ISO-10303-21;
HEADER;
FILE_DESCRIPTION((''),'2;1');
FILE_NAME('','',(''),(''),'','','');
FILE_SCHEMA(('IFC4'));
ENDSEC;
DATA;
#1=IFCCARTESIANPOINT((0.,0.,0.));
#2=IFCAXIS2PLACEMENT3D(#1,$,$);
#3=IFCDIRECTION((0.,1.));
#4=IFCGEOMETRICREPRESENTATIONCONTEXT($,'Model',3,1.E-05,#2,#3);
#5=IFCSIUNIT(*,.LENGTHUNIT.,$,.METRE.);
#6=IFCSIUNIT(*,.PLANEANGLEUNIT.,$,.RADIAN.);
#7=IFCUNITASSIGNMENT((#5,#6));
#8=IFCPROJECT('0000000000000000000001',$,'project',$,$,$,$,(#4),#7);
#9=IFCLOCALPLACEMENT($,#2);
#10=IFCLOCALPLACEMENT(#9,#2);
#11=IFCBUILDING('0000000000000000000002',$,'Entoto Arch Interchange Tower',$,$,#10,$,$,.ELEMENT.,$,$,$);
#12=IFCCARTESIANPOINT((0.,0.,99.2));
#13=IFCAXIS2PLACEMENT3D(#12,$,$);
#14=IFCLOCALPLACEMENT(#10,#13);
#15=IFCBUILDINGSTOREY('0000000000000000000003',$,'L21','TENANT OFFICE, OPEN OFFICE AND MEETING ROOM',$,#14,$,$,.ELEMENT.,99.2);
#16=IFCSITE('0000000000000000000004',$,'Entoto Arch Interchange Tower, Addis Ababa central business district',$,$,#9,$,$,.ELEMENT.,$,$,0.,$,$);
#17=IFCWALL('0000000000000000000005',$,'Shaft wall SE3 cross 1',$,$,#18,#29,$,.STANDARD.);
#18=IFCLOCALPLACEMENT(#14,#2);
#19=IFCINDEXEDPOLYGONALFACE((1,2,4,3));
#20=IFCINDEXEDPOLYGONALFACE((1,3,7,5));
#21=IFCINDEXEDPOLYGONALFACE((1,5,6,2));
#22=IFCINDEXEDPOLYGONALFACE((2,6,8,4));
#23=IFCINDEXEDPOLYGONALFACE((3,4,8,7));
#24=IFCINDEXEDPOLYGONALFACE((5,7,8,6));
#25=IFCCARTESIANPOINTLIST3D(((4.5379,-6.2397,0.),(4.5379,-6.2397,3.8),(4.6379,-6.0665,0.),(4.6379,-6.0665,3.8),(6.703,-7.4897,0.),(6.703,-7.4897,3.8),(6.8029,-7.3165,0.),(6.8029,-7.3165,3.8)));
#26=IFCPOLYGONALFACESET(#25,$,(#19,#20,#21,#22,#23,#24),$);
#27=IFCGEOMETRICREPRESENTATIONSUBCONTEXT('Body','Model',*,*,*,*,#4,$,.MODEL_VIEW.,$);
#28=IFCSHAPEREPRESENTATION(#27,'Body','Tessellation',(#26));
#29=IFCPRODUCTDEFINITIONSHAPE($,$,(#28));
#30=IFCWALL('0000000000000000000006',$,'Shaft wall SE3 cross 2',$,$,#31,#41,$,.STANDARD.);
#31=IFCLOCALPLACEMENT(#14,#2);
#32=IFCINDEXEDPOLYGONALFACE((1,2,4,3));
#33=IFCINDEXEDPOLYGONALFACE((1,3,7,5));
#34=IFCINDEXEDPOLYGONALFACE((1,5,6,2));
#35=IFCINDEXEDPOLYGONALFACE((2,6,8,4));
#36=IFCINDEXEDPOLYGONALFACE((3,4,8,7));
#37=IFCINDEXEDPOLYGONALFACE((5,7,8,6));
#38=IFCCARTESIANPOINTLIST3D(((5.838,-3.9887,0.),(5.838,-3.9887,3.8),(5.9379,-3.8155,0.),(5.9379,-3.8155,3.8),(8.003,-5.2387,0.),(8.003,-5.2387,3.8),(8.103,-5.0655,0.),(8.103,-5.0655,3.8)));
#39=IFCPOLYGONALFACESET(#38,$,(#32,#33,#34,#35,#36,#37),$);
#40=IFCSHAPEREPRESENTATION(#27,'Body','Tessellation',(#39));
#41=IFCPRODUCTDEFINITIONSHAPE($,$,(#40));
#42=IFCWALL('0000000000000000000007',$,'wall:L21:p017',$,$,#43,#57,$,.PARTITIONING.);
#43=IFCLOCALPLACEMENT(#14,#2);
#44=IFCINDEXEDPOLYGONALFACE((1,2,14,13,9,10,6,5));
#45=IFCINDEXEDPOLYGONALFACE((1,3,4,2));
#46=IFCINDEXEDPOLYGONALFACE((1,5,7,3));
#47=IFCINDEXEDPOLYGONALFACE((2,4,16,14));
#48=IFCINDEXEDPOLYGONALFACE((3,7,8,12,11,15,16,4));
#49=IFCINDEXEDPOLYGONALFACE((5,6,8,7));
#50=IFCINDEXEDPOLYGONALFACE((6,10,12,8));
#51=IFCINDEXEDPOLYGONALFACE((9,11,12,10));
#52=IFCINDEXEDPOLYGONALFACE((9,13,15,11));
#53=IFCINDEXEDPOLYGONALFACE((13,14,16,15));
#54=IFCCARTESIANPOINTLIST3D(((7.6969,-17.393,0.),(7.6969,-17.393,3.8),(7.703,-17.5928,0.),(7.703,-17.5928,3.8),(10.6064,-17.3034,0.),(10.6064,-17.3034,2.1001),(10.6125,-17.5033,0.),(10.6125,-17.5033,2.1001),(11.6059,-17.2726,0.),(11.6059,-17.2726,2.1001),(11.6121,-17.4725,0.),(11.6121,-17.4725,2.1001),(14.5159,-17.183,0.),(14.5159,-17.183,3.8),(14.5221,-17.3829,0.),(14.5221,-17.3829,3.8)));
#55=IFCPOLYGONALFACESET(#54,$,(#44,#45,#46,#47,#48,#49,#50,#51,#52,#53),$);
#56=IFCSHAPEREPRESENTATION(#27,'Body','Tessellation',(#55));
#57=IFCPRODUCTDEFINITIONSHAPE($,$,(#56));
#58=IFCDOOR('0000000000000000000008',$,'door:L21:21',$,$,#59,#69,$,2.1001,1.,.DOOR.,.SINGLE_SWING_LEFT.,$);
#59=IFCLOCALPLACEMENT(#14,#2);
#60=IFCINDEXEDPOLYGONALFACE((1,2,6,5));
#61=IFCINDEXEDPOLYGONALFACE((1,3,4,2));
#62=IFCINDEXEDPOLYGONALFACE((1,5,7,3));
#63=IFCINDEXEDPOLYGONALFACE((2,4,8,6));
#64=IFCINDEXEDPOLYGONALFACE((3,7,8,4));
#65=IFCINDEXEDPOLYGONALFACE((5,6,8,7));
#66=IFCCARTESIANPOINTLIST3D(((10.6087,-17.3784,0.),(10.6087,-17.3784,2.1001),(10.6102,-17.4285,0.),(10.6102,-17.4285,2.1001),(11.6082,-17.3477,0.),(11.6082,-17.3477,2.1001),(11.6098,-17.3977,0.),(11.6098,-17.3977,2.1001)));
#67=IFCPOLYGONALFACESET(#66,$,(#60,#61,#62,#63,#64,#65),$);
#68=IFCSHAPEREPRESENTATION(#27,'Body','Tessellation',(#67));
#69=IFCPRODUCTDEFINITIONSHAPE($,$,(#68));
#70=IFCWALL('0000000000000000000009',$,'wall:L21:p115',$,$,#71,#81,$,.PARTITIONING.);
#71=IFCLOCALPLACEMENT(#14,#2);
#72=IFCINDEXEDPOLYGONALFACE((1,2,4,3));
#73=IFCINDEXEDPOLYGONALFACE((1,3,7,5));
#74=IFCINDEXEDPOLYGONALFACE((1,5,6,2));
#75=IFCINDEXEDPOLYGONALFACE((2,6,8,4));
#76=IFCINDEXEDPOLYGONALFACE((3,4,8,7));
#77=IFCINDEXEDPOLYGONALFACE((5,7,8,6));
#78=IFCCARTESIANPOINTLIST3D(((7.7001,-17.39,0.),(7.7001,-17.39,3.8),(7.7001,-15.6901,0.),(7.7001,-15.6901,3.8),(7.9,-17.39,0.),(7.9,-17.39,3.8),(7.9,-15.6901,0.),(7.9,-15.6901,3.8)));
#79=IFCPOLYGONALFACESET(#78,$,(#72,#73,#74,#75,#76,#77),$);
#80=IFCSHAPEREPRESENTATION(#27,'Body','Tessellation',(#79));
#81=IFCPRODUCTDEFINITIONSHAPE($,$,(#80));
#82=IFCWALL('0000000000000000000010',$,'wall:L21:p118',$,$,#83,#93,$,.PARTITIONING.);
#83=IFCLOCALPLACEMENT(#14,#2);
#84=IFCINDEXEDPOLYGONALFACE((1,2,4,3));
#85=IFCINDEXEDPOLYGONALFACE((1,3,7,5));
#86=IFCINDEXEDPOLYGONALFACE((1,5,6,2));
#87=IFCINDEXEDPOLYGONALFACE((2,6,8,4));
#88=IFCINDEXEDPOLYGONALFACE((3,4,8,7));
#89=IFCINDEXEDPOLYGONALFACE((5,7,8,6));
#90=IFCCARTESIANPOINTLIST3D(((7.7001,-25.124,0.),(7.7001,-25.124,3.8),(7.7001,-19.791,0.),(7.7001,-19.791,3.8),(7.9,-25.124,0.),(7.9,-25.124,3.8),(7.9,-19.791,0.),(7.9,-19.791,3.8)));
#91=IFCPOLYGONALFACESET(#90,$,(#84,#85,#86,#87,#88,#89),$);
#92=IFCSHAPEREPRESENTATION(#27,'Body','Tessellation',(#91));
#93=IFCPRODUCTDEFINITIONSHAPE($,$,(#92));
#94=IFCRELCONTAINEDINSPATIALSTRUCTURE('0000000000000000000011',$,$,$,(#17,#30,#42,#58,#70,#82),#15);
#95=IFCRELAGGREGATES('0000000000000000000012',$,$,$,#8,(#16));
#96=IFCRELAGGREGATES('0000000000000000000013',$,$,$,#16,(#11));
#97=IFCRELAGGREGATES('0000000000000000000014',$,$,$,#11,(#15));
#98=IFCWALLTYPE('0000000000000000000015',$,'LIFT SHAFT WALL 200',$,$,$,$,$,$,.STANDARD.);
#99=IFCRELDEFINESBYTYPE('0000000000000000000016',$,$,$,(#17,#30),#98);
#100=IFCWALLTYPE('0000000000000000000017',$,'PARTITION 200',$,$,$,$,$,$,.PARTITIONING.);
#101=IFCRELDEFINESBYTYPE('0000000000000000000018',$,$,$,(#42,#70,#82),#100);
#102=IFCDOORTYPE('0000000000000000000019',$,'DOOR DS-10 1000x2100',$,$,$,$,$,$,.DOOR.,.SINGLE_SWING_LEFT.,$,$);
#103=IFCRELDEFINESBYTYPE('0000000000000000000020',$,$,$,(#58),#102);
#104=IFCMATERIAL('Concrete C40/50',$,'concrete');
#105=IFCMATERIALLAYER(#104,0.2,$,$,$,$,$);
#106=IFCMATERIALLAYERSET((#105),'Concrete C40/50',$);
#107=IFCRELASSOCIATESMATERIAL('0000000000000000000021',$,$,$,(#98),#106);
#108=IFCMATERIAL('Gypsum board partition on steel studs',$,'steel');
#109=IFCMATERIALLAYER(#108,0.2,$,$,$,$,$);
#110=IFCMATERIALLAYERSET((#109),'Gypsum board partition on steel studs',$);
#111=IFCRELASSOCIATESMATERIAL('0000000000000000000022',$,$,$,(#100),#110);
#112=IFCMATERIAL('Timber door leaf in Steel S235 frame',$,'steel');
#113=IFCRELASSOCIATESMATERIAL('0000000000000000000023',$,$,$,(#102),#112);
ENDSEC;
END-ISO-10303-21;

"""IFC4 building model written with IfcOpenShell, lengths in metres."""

from ifc_helpers import new_model, si_unit, direction, frame, frame_2d, origin, place, context, subcontext, project, spatial, rectangle, extrude, material, layer, layer_set, type_object, element, fill, save


model = new_model("IFC4")

# Units and contexts
model_context = context("Model", 3, precision=1e-05, world=origin(), true_north=direction((0.0, 1.0)))
body_context = subcontext(model_context, "Body", "Model", "MODEL_VIEW")
ifc_project = project(units=[si_unit("LENGTHUNIT", "METRE"), si_unit("PLANEANGLEUNIT", "RADIAN")], contexts=[model_context])

# Site, building, storey
site_placement = place(None, origin())
site = spatial("IfcSite", under=ifc_project, at=site_placement, Name="Entoto Arch Interchange Tower, Addis Ababa central business district", CompositionType="ELEMENT", RefElevation=0.0)
building_placement = place(site_placement, origin())
building = spatial("IfcBuilding", under=site, at=building_placement, Name="Entoto Arch Interchange Tower", CompositionType="ELEMENT")
storey_placement = place(building_placement, frame((0.0, 0.0, 99.2)))
storey = spatial("IfcBuildingStorey", under=building, at=storey_placement, Name="L21", Description="TENANT OFFICE, OPEN OFFICE AND MEETING ROOM", CompositionType="ELEMENT", Elevation=99.2)

# Shared definitions
ifc_material_1 = material(Name="Concrete C40/50", Category="concrete")

# Walls
ifc_layer_1 = layer(ifc_material_1, 0.2)
ifc_layer_set_1 = layer_set([ifc_layer_1], Name="Concrete C40/50")
wall_type_1 = type_object("IfcWallType", Name="LIFT SHAFT WALL 200", PredefinedType="STANDARD", material=ifc_layer_set_1)
for number, where, z_axis, x_axis, name in (
    (1, (4.5879, -6.1531, 0.0), (0.0, 0.0, 1.0), (0.866023, -0.500004, 0.0), "Shaft wall SE3 cross 1"),
    (2, (5.8879, -3.9021, 0.0), (0.0, 0.0, 1.0), (0.866023, -0.500004, 0.0), "Shaft wall SE3 cross 2"),
):
    element("IfcWall", number, at=place(storey_placement, frame(where, z_axis=z_axis, x_axis=x_axis)), inside=storey, type_object=wall_type_1, Name=name, PredefinedType="STANDARD", context=body_context, shape_type="SweptSolid", body=[
        extrude(rectangle(XDim=2.5, YDim=0.2, at=frame_2d((1.25, 0.0))), origin(), (0.0, 0.0, 1.0), 3.8),
    ])

# Wall, opening, door
ifc_material_2 = material(Name="Gypsum board partition on steel studs", Category="steel")
ifc_layer_2 = layer(ifc_material_2, 0.2)
ifc_layer_set_2 = layer_set([ifc_layer_2], Name="Gypsum board partition on steel studs")
wall_type_2 = type_object("IfcWallType", Name="PARTITION 200", PredefinedType="PARTITIONING", material=ifc_layer_set_2)
wall_1_placement = place(storey_placement, frame((7.7, -17.4929, 0.0), z_axis=(0.0, 0.0, 1.0), x_axis=(0.999526, 0.030776, 0.0)))
wall_1 = element("IfcWall", 3, at=wall_1_placement, inside=storey, type_object=wall_type_2, Name="wall:L21:p017", PredefinedType="PARTITIONING", context=body_context, shape_type="SweptSolid", body=[
    extrude(rectangle(XDim=6.8223, YDim=0.2, at=frame_2d((3.4111, 0.0))), origin(), (0.0, 0.0, 1.0), 3.8),
])
opening_1_placement = place(wall_1_placement, frame((2.9109, 0.0, 0.0)))
opening_1 = element("IfcOpeningElement", 4, at=opening_1_placement, cuts=wall_1, PredefinedType="OPENING", context=body_context, shape_type="SweptSolid", body=[
    extrude(rectangle(XDim=1.0, YDim=2.1001, at=frame_2d((0.5, 1.05))), frame((0.0, 0.1099, 0.0), z_axis=(0.0, -1.0, 0.0), x_axis=(1.0, 0.0, 0.0)), (0.0, 0.0, 1.0), 0.22),
])
ifc_material_3 = material(Name="Timber door leaf in Steel S235 frame", Category="steel")
door_type_1 = type_object("IfcDoorType", Name="DOOR DS-10 1000x2100", OperationType="SINGLE_SWING_LEFT", PredefinedType="DOOR", material=ifc_material_3)
door_1_placement = place(opening_1_placement, origin())
door_1 = element("IfcDoor", 5, at=door_1_placement, inside=storey, type_object=door_type_1, Name="door:L21:21", OperationType="SINGLE_SWING_LEFT", OverallHeight=2.1001, OverallWidth=1.0, PredefinedType="DOOR", context=body_context, shape_type="SweptSolid", body=[
    extrude(rectangle(XDim=1.0, YDim=2.1001, at=frame_2d((0.5, 1.05))), frame((0.0, 0.0249, 0.0), z_axis=(0.0, -1.0, 0.0), x_axis=(1.0, 0.0, 0.0)), (0.0, 0.0, 1.0), 0.05),
])
fill(opening_1, door_1)

# Walls
wall_2_placement = place(storey_placement, frame((7.8, -15.6899, 0.0), z_axis=(0.0, 0.0, 1.0), x_axis=(0.0, -1.0, 0.0)))
element("IfcWall", 6, at=wall_2_placement, inside=storey, type_object=wall_type_2, Name="wall:L21:p115", PredefinedType="PARTITIONING", context=body_context, shape_type="SweptSolid", body=[
    extrude(rectangle(XDim=1.7, YDim=0.2, at=frame_2d((0.8501, 0.0))), origin(), (0.0, 0.0, 1.0), 3.8),
])
wall_3_placement = place(storey_placement, frame((7.8, -19.791, 0.0), z_axis=(0.0, 0.0, 1.0), x_axis=(0.0, -1.0, 0.0)))
element("IfcWall", 7, at=wall_3_placement, inside=storey, type_object=wall_type_2, Name="wall:L21:p118", PredefinedType="PARTITIONING", context=body_context, shape_type="SweptSolid", body=[
    extrude(rectangle(XDim=5.333, YDim=0.2, at=frame_2d((2.6665, 0.0))), origin(), (0.0, 0.0, 1.0), 3.8),
])

save(model, "model.ifc")
